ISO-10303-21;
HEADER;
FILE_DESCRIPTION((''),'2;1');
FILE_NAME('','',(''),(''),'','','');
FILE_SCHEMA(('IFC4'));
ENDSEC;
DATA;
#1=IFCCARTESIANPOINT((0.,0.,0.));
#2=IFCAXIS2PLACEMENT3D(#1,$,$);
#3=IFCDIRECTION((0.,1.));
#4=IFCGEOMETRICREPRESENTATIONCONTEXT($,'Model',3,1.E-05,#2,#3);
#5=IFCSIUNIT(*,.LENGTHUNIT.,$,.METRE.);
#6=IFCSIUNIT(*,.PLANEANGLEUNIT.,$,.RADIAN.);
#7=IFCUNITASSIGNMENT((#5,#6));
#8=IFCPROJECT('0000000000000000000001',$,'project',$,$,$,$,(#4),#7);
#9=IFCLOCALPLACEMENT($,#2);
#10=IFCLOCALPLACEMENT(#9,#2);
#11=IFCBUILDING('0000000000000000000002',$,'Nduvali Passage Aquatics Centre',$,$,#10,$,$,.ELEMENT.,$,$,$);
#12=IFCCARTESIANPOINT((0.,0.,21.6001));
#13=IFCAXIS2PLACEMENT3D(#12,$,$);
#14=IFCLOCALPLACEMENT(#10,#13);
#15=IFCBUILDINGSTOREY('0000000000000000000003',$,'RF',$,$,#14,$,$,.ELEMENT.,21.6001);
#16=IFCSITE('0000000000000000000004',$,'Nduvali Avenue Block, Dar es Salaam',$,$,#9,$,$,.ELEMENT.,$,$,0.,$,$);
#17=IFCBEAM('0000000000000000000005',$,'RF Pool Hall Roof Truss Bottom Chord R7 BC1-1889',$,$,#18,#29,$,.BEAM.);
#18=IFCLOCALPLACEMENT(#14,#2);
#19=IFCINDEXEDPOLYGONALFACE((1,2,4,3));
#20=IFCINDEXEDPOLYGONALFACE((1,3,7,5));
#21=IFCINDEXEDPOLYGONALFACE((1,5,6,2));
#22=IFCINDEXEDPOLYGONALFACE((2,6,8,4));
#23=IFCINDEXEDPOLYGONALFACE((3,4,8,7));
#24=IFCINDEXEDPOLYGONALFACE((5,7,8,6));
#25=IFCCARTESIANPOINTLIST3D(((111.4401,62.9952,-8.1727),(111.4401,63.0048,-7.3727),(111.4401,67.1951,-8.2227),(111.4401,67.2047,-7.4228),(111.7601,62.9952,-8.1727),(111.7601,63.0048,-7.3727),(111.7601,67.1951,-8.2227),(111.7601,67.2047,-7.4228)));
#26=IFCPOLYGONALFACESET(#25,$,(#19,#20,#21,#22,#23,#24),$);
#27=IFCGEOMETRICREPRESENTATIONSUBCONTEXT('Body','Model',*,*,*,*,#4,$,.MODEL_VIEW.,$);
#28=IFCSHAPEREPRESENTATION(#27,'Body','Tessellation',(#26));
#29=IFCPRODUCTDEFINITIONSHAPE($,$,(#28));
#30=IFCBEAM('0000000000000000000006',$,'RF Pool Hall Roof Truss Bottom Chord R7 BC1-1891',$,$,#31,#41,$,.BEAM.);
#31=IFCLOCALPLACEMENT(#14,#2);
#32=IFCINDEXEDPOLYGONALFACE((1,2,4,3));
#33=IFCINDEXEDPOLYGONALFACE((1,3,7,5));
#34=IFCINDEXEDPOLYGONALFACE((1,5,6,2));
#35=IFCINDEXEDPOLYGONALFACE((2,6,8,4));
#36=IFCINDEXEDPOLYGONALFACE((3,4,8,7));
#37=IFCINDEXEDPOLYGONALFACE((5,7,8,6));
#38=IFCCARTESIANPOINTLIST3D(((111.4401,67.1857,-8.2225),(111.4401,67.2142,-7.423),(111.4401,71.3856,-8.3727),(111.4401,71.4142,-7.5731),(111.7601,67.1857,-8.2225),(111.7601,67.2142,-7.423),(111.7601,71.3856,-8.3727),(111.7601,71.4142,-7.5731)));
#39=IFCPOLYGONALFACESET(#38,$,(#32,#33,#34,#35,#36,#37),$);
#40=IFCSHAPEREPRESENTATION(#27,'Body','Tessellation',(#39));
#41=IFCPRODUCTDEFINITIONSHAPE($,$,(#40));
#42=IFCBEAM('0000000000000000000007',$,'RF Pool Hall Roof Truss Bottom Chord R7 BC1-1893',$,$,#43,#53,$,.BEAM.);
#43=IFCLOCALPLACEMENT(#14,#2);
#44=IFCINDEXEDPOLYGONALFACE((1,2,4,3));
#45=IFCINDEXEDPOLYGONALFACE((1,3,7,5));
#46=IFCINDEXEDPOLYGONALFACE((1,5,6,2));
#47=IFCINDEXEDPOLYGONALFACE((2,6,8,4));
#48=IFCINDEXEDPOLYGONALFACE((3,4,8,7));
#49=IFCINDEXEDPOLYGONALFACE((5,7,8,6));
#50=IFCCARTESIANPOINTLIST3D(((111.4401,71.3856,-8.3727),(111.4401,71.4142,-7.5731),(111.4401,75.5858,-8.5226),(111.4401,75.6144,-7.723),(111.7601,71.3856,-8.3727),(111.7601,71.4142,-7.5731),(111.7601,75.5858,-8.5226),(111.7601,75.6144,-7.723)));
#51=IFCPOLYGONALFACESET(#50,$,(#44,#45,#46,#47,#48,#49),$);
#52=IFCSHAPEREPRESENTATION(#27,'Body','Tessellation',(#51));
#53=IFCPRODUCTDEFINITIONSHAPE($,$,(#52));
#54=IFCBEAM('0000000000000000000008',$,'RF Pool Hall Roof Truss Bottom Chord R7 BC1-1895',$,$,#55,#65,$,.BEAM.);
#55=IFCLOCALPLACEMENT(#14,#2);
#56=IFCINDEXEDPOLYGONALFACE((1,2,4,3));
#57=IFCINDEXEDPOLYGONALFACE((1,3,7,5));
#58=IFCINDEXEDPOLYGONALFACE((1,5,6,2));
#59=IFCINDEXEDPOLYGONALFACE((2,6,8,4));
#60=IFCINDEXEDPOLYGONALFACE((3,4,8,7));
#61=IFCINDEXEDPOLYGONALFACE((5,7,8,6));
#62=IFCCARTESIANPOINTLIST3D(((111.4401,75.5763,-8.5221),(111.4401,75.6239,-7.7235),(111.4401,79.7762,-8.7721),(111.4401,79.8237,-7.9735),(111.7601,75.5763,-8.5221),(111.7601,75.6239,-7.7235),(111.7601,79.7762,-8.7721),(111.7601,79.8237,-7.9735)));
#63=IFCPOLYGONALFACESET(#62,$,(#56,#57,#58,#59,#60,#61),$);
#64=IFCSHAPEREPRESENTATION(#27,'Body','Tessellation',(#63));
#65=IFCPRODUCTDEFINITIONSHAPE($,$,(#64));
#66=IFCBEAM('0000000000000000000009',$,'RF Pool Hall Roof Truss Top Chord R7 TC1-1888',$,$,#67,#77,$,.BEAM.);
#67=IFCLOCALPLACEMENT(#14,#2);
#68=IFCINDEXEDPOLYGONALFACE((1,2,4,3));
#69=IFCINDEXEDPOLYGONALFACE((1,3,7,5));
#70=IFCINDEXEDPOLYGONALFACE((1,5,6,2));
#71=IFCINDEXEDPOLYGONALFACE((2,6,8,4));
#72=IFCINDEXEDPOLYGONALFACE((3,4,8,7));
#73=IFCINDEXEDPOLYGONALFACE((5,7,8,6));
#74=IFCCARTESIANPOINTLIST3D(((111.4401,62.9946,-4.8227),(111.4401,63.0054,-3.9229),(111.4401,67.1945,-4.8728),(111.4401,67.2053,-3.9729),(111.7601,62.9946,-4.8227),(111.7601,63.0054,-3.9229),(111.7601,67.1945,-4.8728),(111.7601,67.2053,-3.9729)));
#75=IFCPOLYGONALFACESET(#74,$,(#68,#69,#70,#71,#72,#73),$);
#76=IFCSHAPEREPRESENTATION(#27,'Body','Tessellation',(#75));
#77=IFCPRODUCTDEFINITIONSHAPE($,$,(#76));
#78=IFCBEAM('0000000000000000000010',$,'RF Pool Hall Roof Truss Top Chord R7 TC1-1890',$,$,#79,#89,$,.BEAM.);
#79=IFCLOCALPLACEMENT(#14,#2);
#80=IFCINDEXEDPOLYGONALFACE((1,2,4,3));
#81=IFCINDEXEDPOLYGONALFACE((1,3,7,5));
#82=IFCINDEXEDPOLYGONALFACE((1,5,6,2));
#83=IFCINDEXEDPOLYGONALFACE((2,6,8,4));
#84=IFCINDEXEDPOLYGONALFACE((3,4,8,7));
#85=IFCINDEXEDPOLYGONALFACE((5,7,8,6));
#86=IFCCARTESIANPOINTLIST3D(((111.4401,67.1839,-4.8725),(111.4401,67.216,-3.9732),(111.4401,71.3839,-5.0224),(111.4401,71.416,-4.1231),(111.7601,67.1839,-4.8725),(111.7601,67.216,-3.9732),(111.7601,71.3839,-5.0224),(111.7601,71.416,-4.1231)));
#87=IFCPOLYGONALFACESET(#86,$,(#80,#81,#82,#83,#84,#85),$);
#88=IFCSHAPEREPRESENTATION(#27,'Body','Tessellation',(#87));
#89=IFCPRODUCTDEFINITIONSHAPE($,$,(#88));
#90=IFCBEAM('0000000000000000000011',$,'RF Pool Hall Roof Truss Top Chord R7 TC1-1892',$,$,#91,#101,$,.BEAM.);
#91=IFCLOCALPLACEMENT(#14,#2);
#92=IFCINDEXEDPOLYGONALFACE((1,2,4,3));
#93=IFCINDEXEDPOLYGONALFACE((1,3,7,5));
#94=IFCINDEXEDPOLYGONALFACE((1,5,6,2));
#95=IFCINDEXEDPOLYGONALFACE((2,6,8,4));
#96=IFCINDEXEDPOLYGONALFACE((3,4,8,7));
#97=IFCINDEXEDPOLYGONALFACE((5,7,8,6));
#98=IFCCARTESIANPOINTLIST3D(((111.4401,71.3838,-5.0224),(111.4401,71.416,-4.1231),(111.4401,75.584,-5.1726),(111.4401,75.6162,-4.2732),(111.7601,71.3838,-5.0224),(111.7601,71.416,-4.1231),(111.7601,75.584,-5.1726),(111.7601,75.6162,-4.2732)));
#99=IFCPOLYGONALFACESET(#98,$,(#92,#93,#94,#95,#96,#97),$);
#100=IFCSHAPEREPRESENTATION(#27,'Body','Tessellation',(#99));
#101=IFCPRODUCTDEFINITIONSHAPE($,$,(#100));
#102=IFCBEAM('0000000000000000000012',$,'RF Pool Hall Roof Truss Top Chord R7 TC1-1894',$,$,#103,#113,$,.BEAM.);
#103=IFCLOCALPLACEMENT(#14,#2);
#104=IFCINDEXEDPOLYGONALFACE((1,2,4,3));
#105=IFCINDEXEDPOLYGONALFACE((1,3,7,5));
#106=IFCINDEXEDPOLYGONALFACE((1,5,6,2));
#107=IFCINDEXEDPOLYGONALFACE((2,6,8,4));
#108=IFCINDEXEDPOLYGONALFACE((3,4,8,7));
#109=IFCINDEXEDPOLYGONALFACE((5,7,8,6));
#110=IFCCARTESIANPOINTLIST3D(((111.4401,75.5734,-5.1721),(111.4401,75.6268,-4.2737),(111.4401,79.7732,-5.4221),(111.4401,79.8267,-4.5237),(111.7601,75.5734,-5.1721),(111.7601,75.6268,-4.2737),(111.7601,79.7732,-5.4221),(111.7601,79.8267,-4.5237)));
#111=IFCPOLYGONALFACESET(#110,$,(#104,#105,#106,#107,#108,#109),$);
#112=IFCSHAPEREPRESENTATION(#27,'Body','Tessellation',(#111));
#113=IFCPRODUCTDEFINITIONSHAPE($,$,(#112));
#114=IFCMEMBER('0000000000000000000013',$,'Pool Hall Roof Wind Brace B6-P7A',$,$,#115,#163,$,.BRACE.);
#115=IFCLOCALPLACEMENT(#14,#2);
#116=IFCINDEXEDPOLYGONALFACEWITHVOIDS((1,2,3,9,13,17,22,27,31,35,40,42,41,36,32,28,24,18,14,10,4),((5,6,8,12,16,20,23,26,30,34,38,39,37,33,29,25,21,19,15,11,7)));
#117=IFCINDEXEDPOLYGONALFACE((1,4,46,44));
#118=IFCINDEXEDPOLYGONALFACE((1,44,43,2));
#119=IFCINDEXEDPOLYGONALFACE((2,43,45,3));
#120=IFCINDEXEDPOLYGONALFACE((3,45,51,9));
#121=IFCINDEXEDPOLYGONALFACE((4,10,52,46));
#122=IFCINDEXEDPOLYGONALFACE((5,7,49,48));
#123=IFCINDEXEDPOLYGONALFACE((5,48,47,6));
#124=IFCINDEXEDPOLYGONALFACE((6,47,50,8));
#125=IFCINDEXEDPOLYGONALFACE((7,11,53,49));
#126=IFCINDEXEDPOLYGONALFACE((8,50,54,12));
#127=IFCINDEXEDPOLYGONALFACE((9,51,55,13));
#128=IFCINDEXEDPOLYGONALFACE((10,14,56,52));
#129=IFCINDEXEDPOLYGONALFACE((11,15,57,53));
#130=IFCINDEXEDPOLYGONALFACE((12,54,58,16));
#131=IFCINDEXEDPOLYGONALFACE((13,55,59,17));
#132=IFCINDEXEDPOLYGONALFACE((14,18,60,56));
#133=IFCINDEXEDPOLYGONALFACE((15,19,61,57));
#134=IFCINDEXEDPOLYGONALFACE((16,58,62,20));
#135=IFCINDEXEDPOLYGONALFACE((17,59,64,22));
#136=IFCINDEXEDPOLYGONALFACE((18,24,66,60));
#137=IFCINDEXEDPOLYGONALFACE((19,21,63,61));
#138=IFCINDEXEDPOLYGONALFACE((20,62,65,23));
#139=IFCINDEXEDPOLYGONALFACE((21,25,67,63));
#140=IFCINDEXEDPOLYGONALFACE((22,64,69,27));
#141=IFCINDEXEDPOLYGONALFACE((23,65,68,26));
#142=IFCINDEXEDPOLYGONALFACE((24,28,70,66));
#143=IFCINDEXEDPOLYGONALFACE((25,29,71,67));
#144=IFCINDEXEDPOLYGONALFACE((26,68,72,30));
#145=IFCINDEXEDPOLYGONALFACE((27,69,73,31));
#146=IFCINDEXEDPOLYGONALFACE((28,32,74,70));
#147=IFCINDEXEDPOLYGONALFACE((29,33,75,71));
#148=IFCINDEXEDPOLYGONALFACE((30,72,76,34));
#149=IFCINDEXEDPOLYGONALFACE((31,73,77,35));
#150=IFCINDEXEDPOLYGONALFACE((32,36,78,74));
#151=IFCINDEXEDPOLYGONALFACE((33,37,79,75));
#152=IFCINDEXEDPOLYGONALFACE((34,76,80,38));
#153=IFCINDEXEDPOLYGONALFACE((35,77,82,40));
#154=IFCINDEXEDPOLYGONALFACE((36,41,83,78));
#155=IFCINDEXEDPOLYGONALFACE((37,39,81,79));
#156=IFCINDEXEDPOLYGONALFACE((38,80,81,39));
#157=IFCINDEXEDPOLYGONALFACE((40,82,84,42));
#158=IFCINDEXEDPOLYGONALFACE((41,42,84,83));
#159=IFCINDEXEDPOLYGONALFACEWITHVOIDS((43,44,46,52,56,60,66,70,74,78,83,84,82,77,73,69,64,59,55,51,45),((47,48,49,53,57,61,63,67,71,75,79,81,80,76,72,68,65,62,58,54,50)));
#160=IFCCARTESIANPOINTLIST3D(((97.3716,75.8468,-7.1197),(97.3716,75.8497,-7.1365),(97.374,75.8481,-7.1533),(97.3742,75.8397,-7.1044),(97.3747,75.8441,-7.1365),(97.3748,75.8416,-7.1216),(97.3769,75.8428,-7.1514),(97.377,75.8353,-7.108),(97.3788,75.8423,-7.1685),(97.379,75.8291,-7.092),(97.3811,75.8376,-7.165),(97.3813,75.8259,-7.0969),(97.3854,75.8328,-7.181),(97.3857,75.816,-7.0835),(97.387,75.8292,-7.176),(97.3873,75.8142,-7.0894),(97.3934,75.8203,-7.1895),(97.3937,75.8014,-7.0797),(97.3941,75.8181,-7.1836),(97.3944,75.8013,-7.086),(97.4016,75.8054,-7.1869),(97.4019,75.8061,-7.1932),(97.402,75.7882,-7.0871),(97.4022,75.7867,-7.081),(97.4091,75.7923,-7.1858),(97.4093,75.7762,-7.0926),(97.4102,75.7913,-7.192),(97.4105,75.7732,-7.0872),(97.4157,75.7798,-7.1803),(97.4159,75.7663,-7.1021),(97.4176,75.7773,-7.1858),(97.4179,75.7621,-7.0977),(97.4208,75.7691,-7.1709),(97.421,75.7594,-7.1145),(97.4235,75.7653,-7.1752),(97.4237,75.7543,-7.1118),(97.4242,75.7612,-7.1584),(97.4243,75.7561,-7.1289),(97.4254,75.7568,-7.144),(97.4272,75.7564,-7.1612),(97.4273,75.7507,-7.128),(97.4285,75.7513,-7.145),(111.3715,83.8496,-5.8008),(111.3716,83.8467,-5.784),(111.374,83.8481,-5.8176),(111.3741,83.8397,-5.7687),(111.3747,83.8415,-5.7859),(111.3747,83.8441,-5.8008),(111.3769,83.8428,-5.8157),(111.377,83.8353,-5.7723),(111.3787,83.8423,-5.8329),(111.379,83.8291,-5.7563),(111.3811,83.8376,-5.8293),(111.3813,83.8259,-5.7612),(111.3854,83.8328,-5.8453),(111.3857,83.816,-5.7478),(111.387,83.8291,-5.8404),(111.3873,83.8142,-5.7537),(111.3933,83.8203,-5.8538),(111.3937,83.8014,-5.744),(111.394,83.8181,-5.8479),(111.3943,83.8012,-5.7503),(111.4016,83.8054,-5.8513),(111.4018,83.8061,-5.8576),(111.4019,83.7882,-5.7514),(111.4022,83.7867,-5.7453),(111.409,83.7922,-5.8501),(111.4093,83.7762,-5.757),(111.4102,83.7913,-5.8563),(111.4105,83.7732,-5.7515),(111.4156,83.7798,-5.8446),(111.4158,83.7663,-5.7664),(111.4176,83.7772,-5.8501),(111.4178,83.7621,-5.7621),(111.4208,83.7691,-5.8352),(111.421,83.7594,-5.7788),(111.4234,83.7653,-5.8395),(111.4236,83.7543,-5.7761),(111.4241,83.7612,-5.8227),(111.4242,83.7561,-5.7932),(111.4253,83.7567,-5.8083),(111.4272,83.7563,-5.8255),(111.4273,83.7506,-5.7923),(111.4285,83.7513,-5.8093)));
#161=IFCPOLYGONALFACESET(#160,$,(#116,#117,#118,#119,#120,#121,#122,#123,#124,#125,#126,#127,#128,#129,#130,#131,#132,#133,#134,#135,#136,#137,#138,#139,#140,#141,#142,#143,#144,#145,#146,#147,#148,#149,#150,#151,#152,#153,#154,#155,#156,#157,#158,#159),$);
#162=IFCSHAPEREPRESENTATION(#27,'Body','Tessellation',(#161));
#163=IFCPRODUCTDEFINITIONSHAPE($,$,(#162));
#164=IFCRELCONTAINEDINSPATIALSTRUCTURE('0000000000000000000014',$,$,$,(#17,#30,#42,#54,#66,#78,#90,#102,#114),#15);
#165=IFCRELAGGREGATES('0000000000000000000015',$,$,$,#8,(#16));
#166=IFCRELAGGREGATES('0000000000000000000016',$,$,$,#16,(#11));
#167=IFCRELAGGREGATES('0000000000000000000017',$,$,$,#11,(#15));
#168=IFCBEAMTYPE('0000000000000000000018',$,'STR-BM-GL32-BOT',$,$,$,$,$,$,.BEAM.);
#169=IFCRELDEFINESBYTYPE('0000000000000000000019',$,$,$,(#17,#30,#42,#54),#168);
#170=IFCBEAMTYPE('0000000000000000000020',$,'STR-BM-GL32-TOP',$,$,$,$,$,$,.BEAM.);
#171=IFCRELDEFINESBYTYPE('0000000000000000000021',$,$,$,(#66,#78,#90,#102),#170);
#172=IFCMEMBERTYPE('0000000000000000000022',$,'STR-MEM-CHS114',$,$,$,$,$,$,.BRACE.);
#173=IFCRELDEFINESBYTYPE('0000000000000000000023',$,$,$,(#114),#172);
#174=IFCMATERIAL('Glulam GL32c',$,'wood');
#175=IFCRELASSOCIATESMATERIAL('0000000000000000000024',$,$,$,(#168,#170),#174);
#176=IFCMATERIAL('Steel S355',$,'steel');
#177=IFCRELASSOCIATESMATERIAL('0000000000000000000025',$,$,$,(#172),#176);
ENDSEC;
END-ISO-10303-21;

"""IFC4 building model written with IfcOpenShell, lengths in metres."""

from ifc_helpers import new_model, si_unit, direction, frame, origin, origin_2d, place, context, subcontext, project, spatial, rectangle, hollow_circle, extrude, material, material_profile, profile_set, type_object, element, save


model = new_model("IFC4")

# Units and contexts
model_context = context("Model", 3, precision=1e-05, world=origin(), true_north=direction((0.0, 1.0)))
body_context = subcontext(model_context, "Body", "Model", "MODEL_VIEW")
ifc_project = project(units=[si_unit("LENGTHUNIT", "METRE"), si_unit("PLANEANGLEUNIT", "RADIAN")], contexts=[model_context])

# Site, building, storey
site_placement = place(None, origin())
site = spatial("IfcSite", under=ifc_project, at=site_placement, Name="Nduvali Avenue Block, Dar es Salaam", CompositionType="ELEMENT", RefElevation=0.0)
building_placement = place(site_placement, origin())
building = spatial("IfcBuilding", under=site, at=building_placement, Name="Nduvali Passage Aquatics Centre", CompositionType="ELEMENT")
storey_placement = place(building_placement, frame((0.0, 0.0, 21.6001)))
storey = spatial("IfcBuildingStorey", under=building, at=storey_placement, Name="RF", CompositionType="ELEMENT", Elevation=21.6001)

# Beams
ifc_material_1 = material(Name="Glulam GL32c", Category="wood")
ifc_material_profile_1 = material_profile(ifc_material_1, rectangle(XDim=0.3201, YDim=0.8, at=origin_2d()), Name="GL32c 320x800")
ifc_profile_set_1 = profile_set([ifc_material_profile_1], Name="Glulam GL32c")
beam_type_1 = type_object("IfcBeamType", Name="STR-BM-GL32-BOT", PredefinedType="BEAM", material=ifc_profile_set_1)
beam_1_placement = place(storey_placement, frame((111.6001, 63.0, -7.7727), z_axis=(0.0, 0.999929, -0.011916), x_axis=(-1.0, 0.0, 0.0)))
element("IfcBeam", 1, at=beam_1_placement, inside=storey, type_object=beam_type_1, Name="RF Pool Hall Roof Truss Bottom Chord R7 BC1-1889", PredefinedType="BEAM", context=body_context, shape_type="SweptSolid", body=[
    extrude(rectangle(XDim=0.3201, YDim=0.8, at=origin_2d()), origin(), (0.0, 0.0, 1.0), 4.2002),
])
beam_2_placement = place(storey_placement, frame((111.6001, 67.2, -7.8228), z_axis=(0.0, 0.999362, -0.035727), x_axis=(-1.0, 0.0, 0.0)))
element("IfcBeam", 2, at=beam_2_placement, inside=storey, type_object=beam_type_1, Name="RF Pool Hall Roof Truss Bottom Chord R7 BC1-1891", PredefinedType="BEAM", context=body_context, shape_type="SweptSolid", body=[
    extrude(rectangle(XDim=0.3201, YDim=0.8, at=origin_2d()), origin(), (0.0, 0.0, 1.0), 4.2026),
])
beam_3_placement = place(storey_placement, frame((111.6001, 71.3999, -7.9729), z_axis=(0.0, 0.999364, -0.035667), x_axis=(-1.0, 0.0, 0.0)))
element("IfcBeam", 3, at=beam_3_placement, inside=storey, type_object=beam_type_1, Name="RF Pool Hall Roof Truss Bottom Chord R7 BC1-1893", PredefinedType="BEAM", context=body_context, shape_type="SweptSolid", body=[
    extrude(rectangle(XDim=0.3201, YDim=0.8, at=origin_2d()), origin(), (0.0, 0.0, 1.0), 4.2029),
])
beam_4_placement = place(storey_placement, frame((111.6001, 75.6001, -8.1228), z_axis=(0.0, 0.998233, -0.059419), x_axis=(-1.0, 0.0, 0.0)))
element("IfcBeam", 4, at=beam_4_placement, inside=storey, type_object=beam_type_1, Name="RF Pool Hall Roof Truss Bottom Chord R7 BC1-1895", PredefinedType="BEAM", context=body_context, shape_type="SweptSolid", body=[
    extrude(rectangle(XDim=0.3201, YDim=0.8, at=origin_2d()), origin(), (0.0, 0.0, 1.0), 4.2073),
])
ifc_material_profile_2 = material_profile(ifc_material_1, rectangle(XDim=0.3201, YDim=0.8999, at=origin_2d()), Name="GL32c 320x900")
ifc_profile_set_2 = profile_set([ifc_material_profile_2], Name="Glulam GL32c")
beam_type_2 = type_object("IfcBeamType", Name="STR-BM-GL32-TOP", PredefinedType="BEAM", material=ifc_profile_set_2)
beam_5_placement = place(storey_placement, frame((111.6001, 63.0, -4.3728), z_axis=(0.0, 0.999929, -0.011916), x_axis=(-1.0, 0.0, 0.0)))
element("IfcBeam", 5, at=beam_5_placement, inside=storey, type_object=beam_type_2, Name="RF Pool Hall Roof Truss Top Chord R7 TC1-1888", PredefinedType="BEAM", context=body_context, shape_type="SweptSolid", body=[
    extrude(rectangle(XDim=0.3201, YDim=0.8999, at=origin_2d()), origin(), (0.0, 0.0, 1.0), 4.2002),
])
beam_6_placement = place(storey_placement, frame((111.6001, 67.2, -4.4229), z_axis=(0.0, 0.999364, -0.035669), x_axis=(-1.0, 0.0, 0.0)))
element("IfcBeam", 6, at=beam_6_placement, inside=storey, type_object=beam_type_2, Name="RF Pool Hall Roof Truss Top Chord R7 TC1-1890", PredefinedType="BEAM", context=body_context, shape_type="SweptSolid", body=[
    extrude(rectangle(XDim=0.3201, YDim=0.8999, at=origin_2d()), origin(), (0.0, 0.0, 1.0), 4.2026),
])
beam_7_placement = place(storey_placement, frame((111.6001, 71.3999, -4.5728), z_axis=(0.0, 0.999362, -0.035725), x_axis=(-1.0, 0.0, 0.0)))
element("IfcBeam", 7, at=beam_7_placement, inside=storey, type_object=beam_type_2, Name="RF Pool Hall Roof Truss Top Chord R7 TC1-1892", PredefinedType="BEAM", context=body_context, shape_type="SweptSolid", body=[
    extrude(rectangle(XDim=0.3201, YDim=0.8999, at=origin_2d()), origin(), (0.0, 0.0, 1.0), 4.2029),
])
beam_8_placement = place(storey_placement, frame((111.6001, 75.6001, -4.7229), z_axis=(0.0, 0.998233, -0.059419), x_axis=(-1.0, 0.0, 0.0)))
element("IfcBeam", 8, at=beam_8_placement, inside=storey, type_object=beam_type_2, Name="RF Pool Hall Roof Truss Top Chord R7 TC1-1894", PredefinedType="BEAM", context=body_context, shape_type="SweptSolid", body=[
    extrude(rectangle(XDim=0.3201, YDim=0.8999, at=origin_2d()), origin(), (0.0, 0.0, 1.0), 4.2073),
])

# Member
ifc_material_2 = material(Name="Steel S355", Category="steel")
ifc_material_profile_3 = material_profile(ifc_material_2, hollow_circle(Radius=0.0571, WallThickness=0.0063, at=origin_2d()), Name="CHS 114.3x6.3")
ifc_profile_set_3 = profile_set([ifc_material_profile_3], Name="Steel S355")
member_type_1 = type_object("IfcMemberType", Name="STR-MEM-CHS114", PredefinedType="BRACE", material=ifc_profile_set_3)
member_1_placement = place(storey_placement, frame((97.3999, 75.8, -7.1365), z_axis=(0.86528, 0.494445, 0.082553), x_axis=(-0.496139, 0.868243, 0.0)))
element("IfcMember", 9, at=member_1_placement, inside=storey, type_object=member_type_1, Name="Pool Hall Roof Wind Brace B6-P7A", PredefinedType="BRACE", context=body_context, shape_type="SweptSolid", body=[
    extrude(hollow_circle(Radius=0.0571, WallThickness=0.0063, at=origin_2d()), origin(), (0.0, 0.0, 1.0), 16.1797),
])

save(model, "model.ifc")
